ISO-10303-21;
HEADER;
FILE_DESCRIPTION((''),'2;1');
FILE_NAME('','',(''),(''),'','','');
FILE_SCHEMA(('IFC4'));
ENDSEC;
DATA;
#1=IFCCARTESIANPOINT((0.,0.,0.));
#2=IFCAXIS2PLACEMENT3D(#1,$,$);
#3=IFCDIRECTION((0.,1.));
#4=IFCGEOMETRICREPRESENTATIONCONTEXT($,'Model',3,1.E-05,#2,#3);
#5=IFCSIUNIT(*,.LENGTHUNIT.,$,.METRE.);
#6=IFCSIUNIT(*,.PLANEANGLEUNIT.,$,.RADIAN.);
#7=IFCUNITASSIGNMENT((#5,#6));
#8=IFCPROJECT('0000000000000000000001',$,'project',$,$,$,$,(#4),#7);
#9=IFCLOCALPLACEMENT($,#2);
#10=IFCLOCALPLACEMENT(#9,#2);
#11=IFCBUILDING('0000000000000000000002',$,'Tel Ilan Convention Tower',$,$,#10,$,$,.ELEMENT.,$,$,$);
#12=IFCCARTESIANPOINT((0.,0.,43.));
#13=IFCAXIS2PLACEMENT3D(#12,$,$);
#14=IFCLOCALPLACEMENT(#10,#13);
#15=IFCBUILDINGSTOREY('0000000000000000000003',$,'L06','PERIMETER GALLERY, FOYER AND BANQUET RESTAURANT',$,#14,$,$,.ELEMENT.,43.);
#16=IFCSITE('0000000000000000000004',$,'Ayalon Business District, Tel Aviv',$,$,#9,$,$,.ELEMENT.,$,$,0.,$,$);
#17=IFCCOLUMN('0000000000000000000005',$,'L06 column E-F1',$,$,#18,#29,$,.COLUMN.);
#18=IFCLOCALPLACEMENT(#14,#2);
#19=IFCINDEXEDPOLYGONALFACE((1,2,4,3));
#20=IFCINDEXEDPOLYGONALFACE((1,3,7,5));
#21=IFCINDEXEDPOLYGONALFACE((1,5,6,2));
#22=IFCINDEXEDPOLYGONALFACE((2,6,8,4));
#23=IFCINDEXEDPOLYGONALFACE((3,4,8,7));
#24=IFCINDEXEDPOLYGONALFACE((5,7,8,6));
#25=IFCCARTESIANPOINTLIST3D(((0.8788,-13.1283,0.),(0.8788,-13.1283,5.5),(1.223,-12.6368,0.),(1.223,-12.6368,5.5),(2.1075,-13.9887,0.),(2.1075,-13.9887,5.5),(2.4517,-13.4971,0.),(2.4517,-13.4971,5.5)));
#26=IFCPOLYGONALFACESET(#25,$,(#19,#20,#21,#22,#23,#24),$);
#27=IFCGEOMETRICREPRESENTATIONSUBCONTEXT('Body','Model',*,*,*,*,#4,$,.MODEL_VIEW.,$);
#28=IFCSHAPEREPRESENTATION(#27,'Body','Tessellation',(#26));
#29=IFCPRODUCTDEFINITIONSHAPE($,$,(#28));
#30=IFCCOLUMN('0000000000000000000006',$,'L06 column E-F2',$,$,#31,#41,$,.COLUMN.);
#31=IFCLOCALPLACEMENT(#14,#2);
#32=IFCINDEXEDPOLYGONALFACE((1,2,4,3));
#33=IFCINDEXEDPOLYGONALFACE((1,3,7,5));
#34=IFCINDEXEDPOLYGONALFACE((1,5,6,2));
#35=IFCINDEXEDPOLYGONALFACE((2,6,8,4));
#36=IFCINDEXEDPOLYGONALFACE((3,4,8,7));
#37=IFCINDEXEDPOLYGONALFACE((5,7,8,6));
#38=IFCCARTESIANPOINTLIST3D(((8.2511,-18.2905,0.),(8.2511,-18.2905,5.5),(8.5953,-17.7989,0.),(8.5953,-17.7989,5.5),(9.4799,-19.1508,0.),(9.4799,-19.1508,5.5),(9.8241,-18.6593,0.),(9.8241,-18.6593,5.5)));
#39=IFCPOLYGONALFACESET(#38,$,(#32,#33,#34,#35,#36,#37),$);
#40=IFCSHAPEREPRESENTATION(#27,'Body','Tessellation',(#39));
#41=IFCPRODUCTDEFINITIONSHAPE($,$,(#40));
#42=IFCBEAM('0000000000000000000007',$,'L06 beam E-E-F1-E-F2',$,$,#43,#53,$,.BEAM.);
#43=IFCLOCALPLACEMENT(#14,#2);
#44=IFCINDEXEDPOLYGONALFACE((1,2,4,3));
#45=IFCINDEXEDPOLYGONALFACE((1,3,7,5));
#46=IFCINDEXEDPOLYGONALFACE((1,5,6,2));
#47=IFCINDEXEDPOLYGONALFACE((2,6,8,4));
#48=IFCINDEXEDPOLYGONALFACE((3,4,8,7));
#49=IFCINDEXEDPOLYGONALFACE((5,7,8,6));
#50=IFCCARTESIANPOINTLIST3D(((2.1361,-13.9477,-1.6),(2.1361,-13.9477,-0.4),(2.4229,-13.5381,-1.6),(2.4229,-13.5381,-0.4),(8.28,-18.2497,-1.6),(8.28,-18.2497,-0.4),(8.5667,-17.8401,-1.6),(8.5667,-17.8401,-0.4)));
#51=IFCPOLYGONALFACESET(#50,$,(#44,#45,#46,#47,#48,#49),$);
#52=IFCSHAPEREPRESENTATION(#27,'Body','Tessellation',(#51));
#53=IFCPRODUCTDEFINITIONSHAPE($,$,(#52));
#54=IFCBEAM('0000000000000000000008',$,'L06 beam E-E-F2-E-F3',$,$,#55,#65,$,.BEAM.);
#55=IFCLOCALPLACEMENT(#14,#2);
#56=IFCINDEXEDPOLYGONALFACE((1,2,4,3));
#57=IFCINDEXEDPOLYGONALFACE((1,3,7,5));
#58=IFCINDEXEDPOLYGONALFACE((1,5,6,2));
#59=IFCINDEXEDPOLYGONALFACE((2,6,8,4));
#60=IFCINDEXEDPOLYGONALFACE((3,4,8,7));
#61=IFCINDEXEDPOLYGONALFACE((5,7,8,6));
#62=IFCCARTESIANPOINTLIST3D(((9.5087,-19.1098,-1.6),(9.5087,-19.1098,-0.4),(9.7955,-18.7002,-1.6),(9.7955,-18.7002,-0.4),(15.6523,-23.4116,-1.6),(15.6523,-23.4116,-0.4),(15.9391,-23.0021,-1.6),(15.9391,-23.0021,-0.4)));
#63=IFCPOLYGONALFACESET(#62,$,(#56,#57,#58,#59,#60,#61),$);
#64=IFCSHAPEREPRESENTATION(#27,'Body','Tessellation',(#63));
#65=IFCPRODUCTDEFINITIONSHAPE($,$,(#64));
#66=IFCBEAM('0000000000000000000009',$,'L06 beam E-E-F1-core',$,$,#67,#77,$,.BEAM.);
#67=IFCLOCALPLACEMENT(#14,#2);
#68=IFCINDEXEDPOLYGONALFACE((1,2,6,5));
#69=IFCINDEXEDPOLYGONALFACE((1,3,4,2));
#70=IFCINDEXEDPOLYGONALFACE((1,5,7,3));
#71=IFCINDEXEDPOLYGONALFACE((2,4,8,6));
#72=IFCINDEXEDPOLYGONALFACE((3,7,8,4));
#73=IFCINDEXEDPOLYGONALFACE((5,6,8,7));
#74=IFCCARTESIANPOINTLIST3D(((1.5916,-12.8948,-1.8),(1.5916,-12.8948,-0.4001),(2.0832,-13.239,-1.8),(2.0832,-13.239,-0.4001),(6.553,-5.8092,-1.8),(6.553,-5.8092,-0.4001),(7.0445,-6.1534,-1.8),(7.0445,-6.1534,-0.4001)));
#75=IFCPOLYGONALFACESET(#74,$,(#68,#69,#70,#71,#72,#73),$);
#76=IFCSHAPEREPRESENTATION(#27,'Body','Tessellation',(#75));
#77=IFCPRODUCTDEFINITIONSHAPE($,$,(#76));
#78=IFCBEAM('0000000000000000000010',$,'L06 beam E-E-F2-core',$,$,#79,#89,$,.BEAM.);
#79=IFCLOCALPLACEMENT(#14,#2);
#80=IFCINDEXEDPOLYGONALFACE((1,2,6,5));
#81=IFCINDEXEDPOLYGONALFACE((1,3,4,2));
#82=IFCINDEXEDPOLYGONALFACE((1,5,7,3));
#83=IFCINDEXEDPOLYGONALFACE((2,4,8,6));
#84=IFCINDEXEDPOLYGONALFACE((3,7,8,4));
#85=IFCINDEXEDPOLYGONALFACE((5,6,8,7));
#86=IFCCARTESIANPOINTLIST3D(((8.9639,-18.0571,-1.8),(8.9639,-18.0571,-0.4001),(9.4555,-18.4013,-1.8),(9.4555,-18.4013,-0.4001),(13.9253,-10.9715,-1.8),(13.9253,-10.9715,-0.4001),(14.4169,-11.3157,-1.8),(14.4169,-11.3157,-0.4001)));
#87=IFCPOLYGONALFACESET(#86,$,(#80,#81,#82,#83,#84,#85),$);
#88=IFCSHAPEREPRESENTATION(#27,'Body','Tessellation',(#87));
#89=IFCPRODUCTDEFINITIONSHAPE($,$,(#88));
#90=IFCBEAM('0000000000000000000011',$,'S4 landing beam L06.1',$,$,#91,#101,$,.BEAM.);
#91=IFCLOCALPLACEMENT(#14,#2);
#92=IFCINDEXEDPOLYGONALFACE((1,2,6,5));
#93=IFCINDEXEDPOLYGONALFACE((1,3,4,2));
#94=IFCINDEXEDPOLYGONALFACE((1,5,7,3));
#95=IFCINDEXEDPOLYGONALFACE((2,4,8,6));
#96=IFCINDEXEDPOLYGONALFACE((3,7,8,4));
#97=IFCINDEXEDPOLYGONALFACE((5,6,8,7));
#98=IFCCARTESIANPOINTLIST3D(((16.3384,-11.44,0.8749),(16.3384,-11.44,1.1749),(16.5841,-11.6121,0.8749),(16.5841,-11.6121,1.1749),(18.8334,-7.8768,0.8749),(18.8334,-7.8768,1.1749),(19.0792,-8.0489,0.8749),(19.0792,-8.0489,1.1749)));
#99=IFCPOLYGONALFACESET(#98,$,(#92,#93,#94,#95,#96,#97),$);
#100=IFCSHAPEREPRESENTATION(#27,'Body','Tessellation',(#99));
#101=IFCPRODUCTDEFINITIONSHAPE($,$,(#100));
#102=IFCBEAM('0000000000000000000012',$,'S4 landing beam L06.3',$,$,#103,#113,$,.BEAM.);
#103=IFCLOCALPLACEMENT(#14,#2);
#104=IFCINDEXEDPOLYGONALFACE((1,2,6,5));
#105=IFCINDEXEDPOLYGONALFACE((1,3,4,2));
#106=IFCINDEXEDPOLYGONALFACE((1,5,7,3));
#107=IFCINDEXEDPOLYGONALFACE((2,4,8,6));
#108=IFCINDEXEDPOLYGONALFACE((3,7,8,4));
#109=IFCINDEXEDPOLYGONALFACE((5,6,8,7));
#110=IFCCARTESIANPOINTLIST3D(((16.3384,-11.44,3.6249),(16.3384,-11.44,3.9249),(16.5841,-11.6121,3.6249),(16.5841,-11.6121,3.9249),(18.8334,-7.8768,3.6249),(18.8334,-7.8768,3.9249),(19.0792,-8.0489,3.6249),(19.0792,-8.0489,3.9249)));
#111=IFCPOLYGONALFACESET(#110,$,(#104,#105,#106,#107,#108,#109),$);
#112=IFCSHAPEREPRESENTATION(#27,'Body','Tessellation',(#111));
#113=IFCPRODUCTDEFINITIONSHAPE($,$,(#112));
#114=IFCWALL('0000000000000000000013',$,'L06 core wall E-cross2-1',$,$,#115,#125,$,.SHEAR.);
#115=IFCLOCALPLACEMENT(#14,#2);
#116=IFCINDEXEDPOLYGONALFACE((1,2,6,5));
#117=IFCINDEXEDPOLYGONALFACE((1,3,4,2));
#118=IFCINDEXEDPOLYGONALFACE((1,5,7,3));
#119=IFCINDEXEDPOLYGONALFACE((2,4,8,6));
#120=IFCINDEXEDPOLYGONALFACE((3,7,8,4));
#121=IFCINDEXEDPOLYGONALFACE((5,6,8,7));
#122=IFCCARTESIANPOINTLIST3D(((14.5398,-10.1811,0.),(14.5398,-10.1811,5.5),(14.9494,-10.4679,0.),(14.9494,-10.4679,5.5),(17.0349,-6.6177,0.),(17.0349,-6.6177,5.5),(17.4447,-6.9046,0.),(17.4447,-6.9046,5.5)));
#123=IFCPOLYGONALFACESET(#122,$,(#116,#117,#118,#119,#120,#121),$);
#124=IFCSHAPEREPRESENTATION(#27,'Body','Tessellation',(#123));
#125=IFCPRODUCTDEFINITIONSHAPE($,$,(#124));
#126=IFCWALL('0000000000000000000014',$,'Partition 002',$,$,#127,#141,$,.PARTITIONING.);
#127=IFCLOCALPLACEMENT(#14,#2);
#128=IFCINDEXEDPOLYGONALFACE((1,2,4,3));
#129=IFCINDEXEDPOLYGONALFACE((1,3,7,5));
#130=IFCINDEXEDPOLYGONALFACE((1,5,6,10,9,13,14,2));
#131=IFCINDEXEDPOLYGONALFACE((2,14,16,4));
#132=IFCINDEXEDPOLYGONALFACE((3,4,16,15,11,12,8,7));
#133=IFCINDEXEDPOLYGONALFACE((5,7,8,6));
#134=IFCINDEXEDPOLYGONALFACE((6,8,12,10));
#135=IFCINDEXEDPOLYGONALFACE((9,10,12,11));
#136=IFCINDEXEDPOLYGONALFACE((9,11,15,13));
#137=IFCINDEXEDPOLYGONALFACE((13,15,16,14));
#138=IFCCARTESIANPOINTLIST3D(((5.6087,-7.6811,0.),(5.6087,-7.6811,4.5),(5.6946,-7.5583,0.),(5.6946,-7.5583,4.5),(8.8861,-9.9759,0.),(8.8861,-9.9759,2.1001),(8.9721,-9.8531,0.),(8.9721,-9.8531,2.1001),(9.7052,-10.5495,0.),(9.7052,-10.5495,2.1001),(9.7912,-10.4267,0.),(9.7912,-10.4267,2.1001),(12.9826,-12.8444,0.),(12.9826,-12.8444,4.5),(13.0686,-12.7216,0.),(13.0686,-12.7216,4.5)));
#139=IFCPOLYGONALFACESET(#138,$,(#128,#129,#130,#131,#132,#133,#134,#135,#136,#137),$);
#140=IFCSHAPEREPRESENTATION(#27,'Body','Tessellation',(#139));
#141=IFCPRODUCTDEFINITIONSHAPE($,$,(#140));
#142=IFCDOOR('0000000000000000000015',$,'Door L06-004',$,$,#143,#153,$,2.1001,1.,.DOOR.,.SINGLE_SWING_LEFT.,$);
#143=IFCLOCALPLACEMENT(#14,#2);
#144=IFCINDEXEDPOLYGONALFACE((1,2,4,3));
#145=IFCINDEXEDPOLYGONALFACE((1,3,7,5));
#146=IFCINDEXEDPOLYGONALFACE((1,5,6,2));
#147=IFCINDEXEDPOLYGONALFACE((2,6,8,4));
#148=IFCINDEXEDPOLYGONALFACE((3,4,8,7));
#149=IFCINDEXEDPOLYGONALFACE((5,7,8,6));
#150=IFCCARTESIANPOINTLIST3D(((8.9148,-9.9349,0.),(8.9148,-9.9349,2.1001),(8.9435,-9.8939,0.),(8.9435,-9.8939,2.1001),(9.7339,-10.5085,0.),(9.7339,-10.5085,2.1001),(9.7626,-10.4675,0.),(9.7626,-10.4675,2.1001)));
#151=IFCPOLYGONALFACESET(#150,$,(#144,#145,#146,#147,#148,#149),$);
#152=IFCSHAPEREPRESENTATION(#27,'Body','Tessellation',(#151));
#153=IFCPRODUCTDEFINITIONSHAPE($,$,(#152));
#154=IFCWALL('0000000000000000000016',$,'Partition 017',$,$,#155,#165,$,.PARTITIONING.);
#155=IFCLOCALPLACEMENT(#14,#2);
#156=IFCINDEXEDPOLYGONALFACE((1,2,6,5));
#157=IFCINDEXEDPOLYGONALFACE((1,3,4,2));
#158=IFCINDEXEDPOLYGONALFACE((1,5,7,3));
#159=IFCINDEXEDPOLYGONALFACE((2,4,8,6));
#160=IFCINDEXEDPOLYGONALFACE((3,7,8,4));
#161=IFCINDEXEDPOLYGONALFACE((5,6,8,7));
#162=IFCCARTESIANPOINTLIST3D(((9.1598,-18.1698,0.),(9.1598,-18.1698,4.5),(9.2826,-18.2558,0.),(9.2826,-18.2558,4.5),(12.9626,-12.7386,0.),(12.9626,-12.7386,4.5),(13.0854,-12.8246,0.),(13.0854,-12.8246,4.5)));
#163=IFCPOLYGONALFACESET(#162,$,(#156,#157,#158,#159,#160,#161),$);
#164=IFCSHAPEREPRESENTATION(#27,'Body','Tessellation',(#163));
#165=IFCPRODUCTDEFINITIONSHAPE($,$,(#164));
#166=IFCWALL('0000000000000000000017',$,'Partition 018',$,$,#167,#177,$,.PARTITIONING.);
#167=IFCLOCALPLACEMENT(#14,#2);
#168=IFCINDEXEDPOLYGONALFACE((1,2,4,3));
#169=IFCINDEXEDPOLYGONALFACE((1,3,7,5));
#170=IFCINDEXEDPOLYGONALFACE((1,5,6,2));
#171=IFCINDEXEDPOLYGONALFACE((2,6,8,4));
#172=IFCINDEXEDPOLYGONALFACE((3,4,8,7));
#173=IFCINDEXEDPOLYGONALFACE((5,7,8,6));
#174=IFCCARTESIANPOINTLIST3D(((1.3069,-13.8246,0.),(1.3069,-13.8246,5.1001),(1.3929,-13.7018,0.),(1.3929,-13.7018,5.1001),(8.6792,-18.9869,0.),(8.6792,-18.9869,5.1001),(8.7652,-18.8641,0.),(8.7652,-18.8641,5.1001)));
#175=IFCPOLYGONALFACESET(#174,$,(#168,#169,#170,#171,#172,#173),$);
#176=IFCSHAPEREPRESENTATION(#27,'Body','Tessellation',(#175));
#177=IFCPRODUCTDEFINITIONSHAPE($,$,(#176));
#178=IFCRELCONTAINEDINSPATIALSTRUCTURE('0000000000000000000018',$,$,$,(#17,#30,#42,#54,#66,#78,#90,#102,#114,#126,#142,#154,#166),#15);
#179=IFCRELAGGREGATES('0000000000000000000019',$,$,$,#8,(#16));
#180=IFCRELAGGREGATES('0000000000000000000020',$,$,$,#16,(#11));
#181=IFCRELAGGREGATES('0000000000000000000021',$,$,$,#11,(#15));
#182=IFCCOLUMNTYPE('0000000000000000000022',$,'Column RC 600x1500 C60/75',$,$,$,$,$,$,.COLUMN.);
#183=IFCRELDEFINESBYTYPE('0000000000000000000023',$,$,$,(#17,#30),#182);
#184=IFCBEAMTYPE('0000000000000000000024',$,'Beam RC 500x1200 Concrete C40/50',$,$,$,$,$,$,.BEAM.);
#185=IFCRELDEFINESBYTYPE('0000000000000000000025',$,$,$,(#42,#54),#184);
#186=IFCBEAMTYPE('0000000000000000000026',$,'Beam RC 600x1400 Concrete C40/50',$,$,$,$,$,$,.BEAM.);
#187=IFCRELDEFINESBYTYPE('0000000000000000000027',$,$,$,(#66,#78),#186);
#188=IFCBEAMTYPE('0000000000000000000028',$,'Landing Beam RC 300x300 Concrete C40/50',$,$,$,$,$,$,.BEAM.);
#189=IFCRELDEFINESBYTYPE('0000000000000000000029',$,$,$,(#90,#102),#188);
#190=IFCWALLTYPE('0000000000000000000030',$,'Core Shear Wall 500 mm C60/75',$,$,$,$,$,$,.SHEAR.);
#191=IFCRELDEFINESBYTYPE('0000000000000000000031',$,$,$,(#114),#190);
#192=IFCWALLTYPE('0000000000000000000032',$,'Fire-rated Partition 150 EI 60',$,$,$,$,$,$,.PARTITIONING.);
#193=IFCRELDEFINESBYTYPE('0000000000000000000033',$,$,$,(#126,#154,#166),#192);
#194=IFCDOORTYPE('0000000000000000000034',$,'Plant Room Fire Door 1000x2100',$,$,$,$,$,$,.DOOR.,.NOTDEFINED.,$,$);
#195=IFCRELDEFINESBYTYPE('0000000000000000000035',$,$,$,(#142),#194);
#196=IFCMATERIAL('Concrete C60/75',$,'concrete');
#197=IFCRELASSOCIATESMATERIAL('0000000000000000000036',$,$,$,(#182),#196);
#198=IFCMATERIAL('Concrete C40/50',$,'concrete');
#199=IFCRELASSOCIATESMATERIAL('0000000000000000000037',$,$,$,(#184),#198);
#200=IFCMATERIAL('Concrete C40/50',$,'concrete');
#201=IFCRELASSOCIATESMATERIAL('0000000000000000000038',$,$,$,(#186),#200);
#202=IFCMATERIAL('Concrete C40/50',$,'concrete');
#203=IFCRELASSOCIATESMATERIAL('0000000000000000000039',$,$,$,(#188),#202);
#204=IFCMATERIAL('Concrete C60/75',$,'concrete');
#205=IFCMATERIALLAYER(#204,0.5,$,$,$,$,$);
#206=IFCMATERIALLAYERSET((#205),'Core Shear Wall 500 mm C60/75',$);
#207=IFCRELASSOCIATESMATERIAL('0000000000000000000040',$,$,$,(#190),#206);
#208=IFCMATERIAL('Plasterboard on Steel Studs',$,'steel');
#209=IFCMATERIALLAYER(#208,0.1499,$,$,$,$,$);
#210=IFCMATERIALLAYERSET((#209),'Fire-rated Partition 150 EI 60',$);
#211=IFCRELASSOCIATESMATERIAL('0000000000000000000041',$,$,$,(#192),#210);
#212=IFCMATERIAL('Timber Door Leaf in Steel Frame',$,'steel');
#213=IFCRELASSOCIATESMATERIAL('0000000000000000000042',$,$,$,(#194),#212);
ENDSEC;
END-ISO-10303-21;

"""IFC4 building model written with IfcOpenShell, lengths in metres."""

from ifc_helpers import new_model, si_unit, direction, frame, frame_2d, origin, origin_2d, place, context, subcontext, project, spatial, polyline, rectangle, outline, extrude, material, layer, layer_set, material_profile, profile_set, type_object, element, fill, save


model = new_model("IFC4")

# Units and contexts
model_context = context("Model", 3, precision=1e-05, world=origin(), true_north=direction((0.0, 1.0)))
body_context = subcontext(model_context, "Body", "Model", "MODEL_VIEW")
ifc_project = project(units=[si_unit("LENGTHUNIT", "METRE"), si_unit("PLANEANGLEUNIT", "RADIAN")], contexts=[model_context])

# Site, building, storey
site_placement = place(None, origin())
site = spatial("IfcSite", under=ifc_project, at=site_placement, Name="Ayalon Business District, Tel Aviv", CompositionType="ELEMENT", RefElevation=0.0)
building_placement = place(site_placement, origin())
building = spatial("IfcBuilding", under=site, at=building_placement, Name="Tel Ilan Convention Tower", CompositionType="ELEMENT")
storey_placement = place(building_placement, frame((0.0, 0.0, 43.0)))
storey = spatial("IfcBuildingStorey", under=building, at=storey_placement, Name="L06", Description="PERIMETER GALLERY, FOYER AND BANQUET RESTAURANT", CompositionType="ELEMENT", Elevation=43.0)

# Columns
ifc_material_1 = material(Name="Concrete C60/75", Category="concrete")
ifc_material_profile_1 = material_profile(ifc_material_1, rectangle(XDim=1.5, YDim=0.6001, at=origin_2d()), Name="RC 600x1500")
ifc_profile_set_1 = profile_set([ifc_material_profile_1], Name="Concrete C60/75")
column_type = type_object("IfcColumnType", Name="Column RC 600x1500 C60/75", PredefinedType="COLUMN", material=ifc_profile_set_1)
for number, where, z_axis, x_axis, name in (
    (1, (1.6653, -13.3127, 0.0), (0.0, 0.0, 1.0), (0.819152, -0.573576, 0.0), "L06 column E-F1"),
    (2, (9.0376, -18.4749, 0.0), (0.0, 0.0, 1.0), (0.819152, -0.573576, 0.0), "L06 column E-F2"),
):
    element("IfcColumn", number, at=place(storey_placement, frame(where, z_axis=z_axis, x_axis=x_axis)), inside=storey, type_object=column_type, Name=name, PredefinedType="COLUMN", context=body_context, shape_type="SweptSolid", body=[
        extrude(rectangle(XDim=1.5, YDim=0.6001, at=origin_2d()), origin(), (0.0, 0.0, 1.0), 5.5),
    ])

# Beams
ifc_material_2 = material(Name="Concrete C40/50", Category="concrete")
ifc_material_profile_2 = material_profile(ifc_material_2, rectangle(XDim=0.5, YDim=1.2, at=origin_2d()), Name="RC 500x1200")
ifc_profile_set_2 = profile_set([ifc_material_profile_2], Name="Concrete C40/50")
beam_type_1 = type_object("IfcBeamType", Name="Beam RC 500x1200 Concrete C40/50", PredefinedType="BEAM", material=ifc_profile_set_2)
beam_1_placement = place(storey_placement, frame((2.2795, -13.7429, -1.0), z_axis=(0.819148, -0.573582, 0.0), x_axis=(0.573582, 0.819148, 0.0)))
element("IfcBeam", 3, at=beam_1_placement, inside=storey, type_object=beam_type_1, Name="L06 beam E-E-F1-E-F2", PredefinedType="BEAM", context=body_context, shape_type="SweptSolid", body=[
    extrude(rectangle(XDim=0.5, YDim=1.2, at=origin_2d()), origin(), (0.0, 0.0, 1.0), 7.5002),
])
beam_2_placement = place(storey_placement, frame((9.6521, -18.905, -1.0), z_axis=(0.819152, -0.573576, 0.0), x_axis=(0.573576, 0.819152, 0.0)))
element("IfcBeam", 4, at=beam_2_placement, inside=storey, type_object=beam_type_1, Name="L06 beam E-E-F2-E-F3", PredefinedType="BEAM", context=body_context, shape_type="SweptSolid", body=[
    extrude(rectangle(XDim=0.5, YDim=1.2, at=origin_2d()), origin(), (0.0, 0.0, 1.0), 7.5),
])
ifc_material_3 = material(Name="Concrete C40/50", Category="concrete")
ifc_material_profile_3 = material_profile(ifc_material_3, rectangle(XDim=0.6001, YDim=1.3999, at=origin_2d()), Name="RC 600x1400")
ifc_profile_set_3 = profile_set([ifc_material_profile_3], Name="Concrete C40/50")
beam_type_2 = type_object("IfcBeamType", Name="Beam RC 600x1400 Concrete C40/50", PredefinedType="BEAM", material=ifc_profile_set_3)
for number, where, z_axis, x_axis, name in (
    (5, (1.8374, -13.0669, -1.1001), (0.573574, 0.819154, 0.0), (-0.819154, 0.573574, 0.0), "L06 beam E-E-F1-core"),
    (6, (9.2097, -18.2292, -1.1001), (0.573574, 0.819154, 0.0), (-0.819154, 0.573574, 0.0), "L06 beam E-E-F2-core"),
):
    element("IfcBeam", number, at=place(storey_placement, frame(where, z_axis=z_axis, x_axis=x_axis)), inside=storey, type_object=beam_type_2, Name=name, PredefinedType="BEAM", context=body_context, shape_type="SweptSolid", body=[
        extrude(rectangle(XDim=0.6001, YDim=1.3999, at=origin_2d()), origin(), (0.0, 0.0, 1.0), 8.6499),
    ])
ifc_material_4 = material(Name="Concrete C40/50", Category="concrete")
ifc_material_profile_4 = material_profile(ifc_material_4, rectangle(XDim=0.3, YDim=0.3, at=origin_2d()), Name="RC 300x300")
ifc_profile_set_4 = profile_set([ifc_material_profile_4], Name="Concrete C40/50")
beam_type_3 = type_object("IfcBeamType", Name="Landing Beam RC 300x300 Concrete C40/50", PredefinedType="BEAM", material=ifc_profile_set_4)
for number, where, z_axis, x_axis, name in (
    (7, (18.9563, -7.9629, 1.0249), (-0.573594, -0.81914, 0.0), (0.81914, -0.573594, 0.0), "S4 landing beam L06.1"),
    (8, (18.9563, -7.9629, 3.7749), (-0.573594, -0.81914, 0.0), (0.81914, -0.573594, 0.0), "S4 landing beam L06.3"),
):
    element("IfcBeam", number, at=place(storey_placement, frame(where, z_axis=z_axis, x_axis=x_axis)), inside=storey, type_object=beam_type_3, Name=name, PredefinedType="BEAM", context=body_context, shape_type="SweptSolid", body=[
        extrude(rectangle(XDim=0.3, YDim=0.3, at=origin_2d()), origin(), (0.0, 0.0, 1.0), 4.3499),
    ])

# Wall
ifc_material_5 = material(Name="Concrete C60/75", Category="concrete")
ifc_layer_1 = layer(ifc_material_5, 0.5)
ifc_layer_set_1 = layer_set([ifc_layer_1], Name="Core Shear Wall 500 mm C60/75")
wall_type_1 = type_object("IfcWallType", Name="Core Shear Wall 500 mm C60/75", PredefinedType="SHEAR", material=ifc_layer_set_1)
wall_1_placement = place(storey_placement, frame((14.7446, -10.3245, 0.0), z_axis=(0.0, 0.0, 1.0), x_axis=(0.573568, 0.819158, 0.0)))
element("IfcWall", 9, at=wall_1_placement, inside=storey, type_object=wall_type_1, Name="L06 core wall E-cross2-1", PredefinedType="SHEAR", context=body_context, shape_type="SweptSolid", body=[
    extrude(outline(polyline([(0.0, 0.25), (0.0, -0.25), (4.3501, -0.2502), (4.3501, 0.25), (0.0, 0.25)])), origin(), (0.0, 0.0, 1.0), 5.5),
])

# Wall, opening, door
ifc_material_6 = material(Name="Plasterboard on Steel Studs", Category="steel")
ifc_layer_2 = layer(ifc_material_6, 0.1499)
ifc_layer_set_2 = layer_set([ifc_layer_2], Name="Fire-rated Partition 150 EI 60")
wall_type_2 = type_object("IfcWallType", Name="Fire-rated Partition 150 EI 60", PredefinedType="PARTITIONING", material=ifc_layer_set_2)
wall_2_placement = place(storey_placement, frame((13.0256, -12.783, 0.0), z_axis=(0.0, 0.0, 1.0), x_axis=(-0.819153, 0.573575, 0.0)))
wall_2 = element("IfcWall", 10, at=wall_2_placement, inside=storey, type_object=wall_type_2, Name="Partition 002", PredefinedType="PARTITIONING", context=body_context, shape_type="SweptSolid", body=[
    extrude(rectangle(XDim=9.002, YDim=0.1499, at=frame_2d((4.501, 0.0))), origin(), (0.0, 0.0, 1.0), 4.5),
])
opening_placement = place(wall_2_placement, frame((4.001, 0.0, 0.0)))
opening = element("IfcOpeningElement", 11, at=opening_placement, cuts=wall_2, PredefinedType="OPENING", context=body_context, shape_type="SweptSolid", body=[
    extrude(rectangle(XDim=1.0, YDim=2.1001, at=frame_2d((0.5, 1.05))), frame((0.0, 0.085, 0.0), z_axis=(0.0, -1.0, 0.0), x_axis=(1.0, 0.0, 0.0)), (0.0, 0.0, 1.0), 0.1699),
])
ifc_material_7 = material(Name="Timber Door Leaf in Steel Frame", Category="steel")
door_type = type_object("IfcDoorType", Name="Plant Room Fire Door 1000x2100", OperationType="NOTDEFINED", PredefinedType="DOOR", material=ifc_material_7)
door_placement = place(opening_placement, origin())
door = element("IfcDoor", 12, at=door_placement, inside=storey, type_object=door_type, Name="Door L06-004", OperationType="SINGLE_SWING_LEFT", OverallHeight=2.1001, OverallWidth=1.0, PredefinedType="DOOR", context=body_context, shape_type="SweptSolid", body=[
    extrude(rectangle(XDim=1.0, YDim=2.1001, at=frame_2d((0.5, 1.05))), frame((0.0, 0.0249, 0.0), z_axis=(0.0, -1.0, 0.0), x_axis=(1.0, 0.0, 0.0)), (0.0, 0.0, 1.0), 0.05),
])
fill(opening, door)

# Walls
wall_3_placement = place(storey_placement, frame((13.0239, -12.7817, 0.0), z_axis=(0.0, 0.0, 1.0), x_axis=(-0.573556, -0.819166, 0.0)))
element("IfcWall", 13, at=wall_3_placement, inside=storey, type_object=wall_type_2, Name="Partition 017", PredefinedType="PARTITIONING", context=body_context, shape_type="SweptSolid", body=[
    extrude(rectangle(XDim=6.6301, YDim=0.1499, at=frame_2d((3.3149, 0.0))), origin(), (0.0, 0.0, 1.0), 4.5),
])
wall_4_placement = place(storey_placement, frame((8.7222, -18.9255, 0.0), z_axis=(0.0, 0.0, 1.0), x_axis=(-0.819141, 0.573592, 0.0)))
element("IfcWall", 14, at=wall_4_placement, inside=storey, type_object=wall_type_2, Name="Partition 018", PredefinedType="PARTITIONING", context=body_context, shape_type="SweptSolid", body=[
    extrude(rectangle(XDim=9.0, YDim=0.1499, at=frame_2d((4.5, 0.0))), origin(), (0.0, 0.0, 1.0), 5.1001),
])

save(model, "model.ifc")
